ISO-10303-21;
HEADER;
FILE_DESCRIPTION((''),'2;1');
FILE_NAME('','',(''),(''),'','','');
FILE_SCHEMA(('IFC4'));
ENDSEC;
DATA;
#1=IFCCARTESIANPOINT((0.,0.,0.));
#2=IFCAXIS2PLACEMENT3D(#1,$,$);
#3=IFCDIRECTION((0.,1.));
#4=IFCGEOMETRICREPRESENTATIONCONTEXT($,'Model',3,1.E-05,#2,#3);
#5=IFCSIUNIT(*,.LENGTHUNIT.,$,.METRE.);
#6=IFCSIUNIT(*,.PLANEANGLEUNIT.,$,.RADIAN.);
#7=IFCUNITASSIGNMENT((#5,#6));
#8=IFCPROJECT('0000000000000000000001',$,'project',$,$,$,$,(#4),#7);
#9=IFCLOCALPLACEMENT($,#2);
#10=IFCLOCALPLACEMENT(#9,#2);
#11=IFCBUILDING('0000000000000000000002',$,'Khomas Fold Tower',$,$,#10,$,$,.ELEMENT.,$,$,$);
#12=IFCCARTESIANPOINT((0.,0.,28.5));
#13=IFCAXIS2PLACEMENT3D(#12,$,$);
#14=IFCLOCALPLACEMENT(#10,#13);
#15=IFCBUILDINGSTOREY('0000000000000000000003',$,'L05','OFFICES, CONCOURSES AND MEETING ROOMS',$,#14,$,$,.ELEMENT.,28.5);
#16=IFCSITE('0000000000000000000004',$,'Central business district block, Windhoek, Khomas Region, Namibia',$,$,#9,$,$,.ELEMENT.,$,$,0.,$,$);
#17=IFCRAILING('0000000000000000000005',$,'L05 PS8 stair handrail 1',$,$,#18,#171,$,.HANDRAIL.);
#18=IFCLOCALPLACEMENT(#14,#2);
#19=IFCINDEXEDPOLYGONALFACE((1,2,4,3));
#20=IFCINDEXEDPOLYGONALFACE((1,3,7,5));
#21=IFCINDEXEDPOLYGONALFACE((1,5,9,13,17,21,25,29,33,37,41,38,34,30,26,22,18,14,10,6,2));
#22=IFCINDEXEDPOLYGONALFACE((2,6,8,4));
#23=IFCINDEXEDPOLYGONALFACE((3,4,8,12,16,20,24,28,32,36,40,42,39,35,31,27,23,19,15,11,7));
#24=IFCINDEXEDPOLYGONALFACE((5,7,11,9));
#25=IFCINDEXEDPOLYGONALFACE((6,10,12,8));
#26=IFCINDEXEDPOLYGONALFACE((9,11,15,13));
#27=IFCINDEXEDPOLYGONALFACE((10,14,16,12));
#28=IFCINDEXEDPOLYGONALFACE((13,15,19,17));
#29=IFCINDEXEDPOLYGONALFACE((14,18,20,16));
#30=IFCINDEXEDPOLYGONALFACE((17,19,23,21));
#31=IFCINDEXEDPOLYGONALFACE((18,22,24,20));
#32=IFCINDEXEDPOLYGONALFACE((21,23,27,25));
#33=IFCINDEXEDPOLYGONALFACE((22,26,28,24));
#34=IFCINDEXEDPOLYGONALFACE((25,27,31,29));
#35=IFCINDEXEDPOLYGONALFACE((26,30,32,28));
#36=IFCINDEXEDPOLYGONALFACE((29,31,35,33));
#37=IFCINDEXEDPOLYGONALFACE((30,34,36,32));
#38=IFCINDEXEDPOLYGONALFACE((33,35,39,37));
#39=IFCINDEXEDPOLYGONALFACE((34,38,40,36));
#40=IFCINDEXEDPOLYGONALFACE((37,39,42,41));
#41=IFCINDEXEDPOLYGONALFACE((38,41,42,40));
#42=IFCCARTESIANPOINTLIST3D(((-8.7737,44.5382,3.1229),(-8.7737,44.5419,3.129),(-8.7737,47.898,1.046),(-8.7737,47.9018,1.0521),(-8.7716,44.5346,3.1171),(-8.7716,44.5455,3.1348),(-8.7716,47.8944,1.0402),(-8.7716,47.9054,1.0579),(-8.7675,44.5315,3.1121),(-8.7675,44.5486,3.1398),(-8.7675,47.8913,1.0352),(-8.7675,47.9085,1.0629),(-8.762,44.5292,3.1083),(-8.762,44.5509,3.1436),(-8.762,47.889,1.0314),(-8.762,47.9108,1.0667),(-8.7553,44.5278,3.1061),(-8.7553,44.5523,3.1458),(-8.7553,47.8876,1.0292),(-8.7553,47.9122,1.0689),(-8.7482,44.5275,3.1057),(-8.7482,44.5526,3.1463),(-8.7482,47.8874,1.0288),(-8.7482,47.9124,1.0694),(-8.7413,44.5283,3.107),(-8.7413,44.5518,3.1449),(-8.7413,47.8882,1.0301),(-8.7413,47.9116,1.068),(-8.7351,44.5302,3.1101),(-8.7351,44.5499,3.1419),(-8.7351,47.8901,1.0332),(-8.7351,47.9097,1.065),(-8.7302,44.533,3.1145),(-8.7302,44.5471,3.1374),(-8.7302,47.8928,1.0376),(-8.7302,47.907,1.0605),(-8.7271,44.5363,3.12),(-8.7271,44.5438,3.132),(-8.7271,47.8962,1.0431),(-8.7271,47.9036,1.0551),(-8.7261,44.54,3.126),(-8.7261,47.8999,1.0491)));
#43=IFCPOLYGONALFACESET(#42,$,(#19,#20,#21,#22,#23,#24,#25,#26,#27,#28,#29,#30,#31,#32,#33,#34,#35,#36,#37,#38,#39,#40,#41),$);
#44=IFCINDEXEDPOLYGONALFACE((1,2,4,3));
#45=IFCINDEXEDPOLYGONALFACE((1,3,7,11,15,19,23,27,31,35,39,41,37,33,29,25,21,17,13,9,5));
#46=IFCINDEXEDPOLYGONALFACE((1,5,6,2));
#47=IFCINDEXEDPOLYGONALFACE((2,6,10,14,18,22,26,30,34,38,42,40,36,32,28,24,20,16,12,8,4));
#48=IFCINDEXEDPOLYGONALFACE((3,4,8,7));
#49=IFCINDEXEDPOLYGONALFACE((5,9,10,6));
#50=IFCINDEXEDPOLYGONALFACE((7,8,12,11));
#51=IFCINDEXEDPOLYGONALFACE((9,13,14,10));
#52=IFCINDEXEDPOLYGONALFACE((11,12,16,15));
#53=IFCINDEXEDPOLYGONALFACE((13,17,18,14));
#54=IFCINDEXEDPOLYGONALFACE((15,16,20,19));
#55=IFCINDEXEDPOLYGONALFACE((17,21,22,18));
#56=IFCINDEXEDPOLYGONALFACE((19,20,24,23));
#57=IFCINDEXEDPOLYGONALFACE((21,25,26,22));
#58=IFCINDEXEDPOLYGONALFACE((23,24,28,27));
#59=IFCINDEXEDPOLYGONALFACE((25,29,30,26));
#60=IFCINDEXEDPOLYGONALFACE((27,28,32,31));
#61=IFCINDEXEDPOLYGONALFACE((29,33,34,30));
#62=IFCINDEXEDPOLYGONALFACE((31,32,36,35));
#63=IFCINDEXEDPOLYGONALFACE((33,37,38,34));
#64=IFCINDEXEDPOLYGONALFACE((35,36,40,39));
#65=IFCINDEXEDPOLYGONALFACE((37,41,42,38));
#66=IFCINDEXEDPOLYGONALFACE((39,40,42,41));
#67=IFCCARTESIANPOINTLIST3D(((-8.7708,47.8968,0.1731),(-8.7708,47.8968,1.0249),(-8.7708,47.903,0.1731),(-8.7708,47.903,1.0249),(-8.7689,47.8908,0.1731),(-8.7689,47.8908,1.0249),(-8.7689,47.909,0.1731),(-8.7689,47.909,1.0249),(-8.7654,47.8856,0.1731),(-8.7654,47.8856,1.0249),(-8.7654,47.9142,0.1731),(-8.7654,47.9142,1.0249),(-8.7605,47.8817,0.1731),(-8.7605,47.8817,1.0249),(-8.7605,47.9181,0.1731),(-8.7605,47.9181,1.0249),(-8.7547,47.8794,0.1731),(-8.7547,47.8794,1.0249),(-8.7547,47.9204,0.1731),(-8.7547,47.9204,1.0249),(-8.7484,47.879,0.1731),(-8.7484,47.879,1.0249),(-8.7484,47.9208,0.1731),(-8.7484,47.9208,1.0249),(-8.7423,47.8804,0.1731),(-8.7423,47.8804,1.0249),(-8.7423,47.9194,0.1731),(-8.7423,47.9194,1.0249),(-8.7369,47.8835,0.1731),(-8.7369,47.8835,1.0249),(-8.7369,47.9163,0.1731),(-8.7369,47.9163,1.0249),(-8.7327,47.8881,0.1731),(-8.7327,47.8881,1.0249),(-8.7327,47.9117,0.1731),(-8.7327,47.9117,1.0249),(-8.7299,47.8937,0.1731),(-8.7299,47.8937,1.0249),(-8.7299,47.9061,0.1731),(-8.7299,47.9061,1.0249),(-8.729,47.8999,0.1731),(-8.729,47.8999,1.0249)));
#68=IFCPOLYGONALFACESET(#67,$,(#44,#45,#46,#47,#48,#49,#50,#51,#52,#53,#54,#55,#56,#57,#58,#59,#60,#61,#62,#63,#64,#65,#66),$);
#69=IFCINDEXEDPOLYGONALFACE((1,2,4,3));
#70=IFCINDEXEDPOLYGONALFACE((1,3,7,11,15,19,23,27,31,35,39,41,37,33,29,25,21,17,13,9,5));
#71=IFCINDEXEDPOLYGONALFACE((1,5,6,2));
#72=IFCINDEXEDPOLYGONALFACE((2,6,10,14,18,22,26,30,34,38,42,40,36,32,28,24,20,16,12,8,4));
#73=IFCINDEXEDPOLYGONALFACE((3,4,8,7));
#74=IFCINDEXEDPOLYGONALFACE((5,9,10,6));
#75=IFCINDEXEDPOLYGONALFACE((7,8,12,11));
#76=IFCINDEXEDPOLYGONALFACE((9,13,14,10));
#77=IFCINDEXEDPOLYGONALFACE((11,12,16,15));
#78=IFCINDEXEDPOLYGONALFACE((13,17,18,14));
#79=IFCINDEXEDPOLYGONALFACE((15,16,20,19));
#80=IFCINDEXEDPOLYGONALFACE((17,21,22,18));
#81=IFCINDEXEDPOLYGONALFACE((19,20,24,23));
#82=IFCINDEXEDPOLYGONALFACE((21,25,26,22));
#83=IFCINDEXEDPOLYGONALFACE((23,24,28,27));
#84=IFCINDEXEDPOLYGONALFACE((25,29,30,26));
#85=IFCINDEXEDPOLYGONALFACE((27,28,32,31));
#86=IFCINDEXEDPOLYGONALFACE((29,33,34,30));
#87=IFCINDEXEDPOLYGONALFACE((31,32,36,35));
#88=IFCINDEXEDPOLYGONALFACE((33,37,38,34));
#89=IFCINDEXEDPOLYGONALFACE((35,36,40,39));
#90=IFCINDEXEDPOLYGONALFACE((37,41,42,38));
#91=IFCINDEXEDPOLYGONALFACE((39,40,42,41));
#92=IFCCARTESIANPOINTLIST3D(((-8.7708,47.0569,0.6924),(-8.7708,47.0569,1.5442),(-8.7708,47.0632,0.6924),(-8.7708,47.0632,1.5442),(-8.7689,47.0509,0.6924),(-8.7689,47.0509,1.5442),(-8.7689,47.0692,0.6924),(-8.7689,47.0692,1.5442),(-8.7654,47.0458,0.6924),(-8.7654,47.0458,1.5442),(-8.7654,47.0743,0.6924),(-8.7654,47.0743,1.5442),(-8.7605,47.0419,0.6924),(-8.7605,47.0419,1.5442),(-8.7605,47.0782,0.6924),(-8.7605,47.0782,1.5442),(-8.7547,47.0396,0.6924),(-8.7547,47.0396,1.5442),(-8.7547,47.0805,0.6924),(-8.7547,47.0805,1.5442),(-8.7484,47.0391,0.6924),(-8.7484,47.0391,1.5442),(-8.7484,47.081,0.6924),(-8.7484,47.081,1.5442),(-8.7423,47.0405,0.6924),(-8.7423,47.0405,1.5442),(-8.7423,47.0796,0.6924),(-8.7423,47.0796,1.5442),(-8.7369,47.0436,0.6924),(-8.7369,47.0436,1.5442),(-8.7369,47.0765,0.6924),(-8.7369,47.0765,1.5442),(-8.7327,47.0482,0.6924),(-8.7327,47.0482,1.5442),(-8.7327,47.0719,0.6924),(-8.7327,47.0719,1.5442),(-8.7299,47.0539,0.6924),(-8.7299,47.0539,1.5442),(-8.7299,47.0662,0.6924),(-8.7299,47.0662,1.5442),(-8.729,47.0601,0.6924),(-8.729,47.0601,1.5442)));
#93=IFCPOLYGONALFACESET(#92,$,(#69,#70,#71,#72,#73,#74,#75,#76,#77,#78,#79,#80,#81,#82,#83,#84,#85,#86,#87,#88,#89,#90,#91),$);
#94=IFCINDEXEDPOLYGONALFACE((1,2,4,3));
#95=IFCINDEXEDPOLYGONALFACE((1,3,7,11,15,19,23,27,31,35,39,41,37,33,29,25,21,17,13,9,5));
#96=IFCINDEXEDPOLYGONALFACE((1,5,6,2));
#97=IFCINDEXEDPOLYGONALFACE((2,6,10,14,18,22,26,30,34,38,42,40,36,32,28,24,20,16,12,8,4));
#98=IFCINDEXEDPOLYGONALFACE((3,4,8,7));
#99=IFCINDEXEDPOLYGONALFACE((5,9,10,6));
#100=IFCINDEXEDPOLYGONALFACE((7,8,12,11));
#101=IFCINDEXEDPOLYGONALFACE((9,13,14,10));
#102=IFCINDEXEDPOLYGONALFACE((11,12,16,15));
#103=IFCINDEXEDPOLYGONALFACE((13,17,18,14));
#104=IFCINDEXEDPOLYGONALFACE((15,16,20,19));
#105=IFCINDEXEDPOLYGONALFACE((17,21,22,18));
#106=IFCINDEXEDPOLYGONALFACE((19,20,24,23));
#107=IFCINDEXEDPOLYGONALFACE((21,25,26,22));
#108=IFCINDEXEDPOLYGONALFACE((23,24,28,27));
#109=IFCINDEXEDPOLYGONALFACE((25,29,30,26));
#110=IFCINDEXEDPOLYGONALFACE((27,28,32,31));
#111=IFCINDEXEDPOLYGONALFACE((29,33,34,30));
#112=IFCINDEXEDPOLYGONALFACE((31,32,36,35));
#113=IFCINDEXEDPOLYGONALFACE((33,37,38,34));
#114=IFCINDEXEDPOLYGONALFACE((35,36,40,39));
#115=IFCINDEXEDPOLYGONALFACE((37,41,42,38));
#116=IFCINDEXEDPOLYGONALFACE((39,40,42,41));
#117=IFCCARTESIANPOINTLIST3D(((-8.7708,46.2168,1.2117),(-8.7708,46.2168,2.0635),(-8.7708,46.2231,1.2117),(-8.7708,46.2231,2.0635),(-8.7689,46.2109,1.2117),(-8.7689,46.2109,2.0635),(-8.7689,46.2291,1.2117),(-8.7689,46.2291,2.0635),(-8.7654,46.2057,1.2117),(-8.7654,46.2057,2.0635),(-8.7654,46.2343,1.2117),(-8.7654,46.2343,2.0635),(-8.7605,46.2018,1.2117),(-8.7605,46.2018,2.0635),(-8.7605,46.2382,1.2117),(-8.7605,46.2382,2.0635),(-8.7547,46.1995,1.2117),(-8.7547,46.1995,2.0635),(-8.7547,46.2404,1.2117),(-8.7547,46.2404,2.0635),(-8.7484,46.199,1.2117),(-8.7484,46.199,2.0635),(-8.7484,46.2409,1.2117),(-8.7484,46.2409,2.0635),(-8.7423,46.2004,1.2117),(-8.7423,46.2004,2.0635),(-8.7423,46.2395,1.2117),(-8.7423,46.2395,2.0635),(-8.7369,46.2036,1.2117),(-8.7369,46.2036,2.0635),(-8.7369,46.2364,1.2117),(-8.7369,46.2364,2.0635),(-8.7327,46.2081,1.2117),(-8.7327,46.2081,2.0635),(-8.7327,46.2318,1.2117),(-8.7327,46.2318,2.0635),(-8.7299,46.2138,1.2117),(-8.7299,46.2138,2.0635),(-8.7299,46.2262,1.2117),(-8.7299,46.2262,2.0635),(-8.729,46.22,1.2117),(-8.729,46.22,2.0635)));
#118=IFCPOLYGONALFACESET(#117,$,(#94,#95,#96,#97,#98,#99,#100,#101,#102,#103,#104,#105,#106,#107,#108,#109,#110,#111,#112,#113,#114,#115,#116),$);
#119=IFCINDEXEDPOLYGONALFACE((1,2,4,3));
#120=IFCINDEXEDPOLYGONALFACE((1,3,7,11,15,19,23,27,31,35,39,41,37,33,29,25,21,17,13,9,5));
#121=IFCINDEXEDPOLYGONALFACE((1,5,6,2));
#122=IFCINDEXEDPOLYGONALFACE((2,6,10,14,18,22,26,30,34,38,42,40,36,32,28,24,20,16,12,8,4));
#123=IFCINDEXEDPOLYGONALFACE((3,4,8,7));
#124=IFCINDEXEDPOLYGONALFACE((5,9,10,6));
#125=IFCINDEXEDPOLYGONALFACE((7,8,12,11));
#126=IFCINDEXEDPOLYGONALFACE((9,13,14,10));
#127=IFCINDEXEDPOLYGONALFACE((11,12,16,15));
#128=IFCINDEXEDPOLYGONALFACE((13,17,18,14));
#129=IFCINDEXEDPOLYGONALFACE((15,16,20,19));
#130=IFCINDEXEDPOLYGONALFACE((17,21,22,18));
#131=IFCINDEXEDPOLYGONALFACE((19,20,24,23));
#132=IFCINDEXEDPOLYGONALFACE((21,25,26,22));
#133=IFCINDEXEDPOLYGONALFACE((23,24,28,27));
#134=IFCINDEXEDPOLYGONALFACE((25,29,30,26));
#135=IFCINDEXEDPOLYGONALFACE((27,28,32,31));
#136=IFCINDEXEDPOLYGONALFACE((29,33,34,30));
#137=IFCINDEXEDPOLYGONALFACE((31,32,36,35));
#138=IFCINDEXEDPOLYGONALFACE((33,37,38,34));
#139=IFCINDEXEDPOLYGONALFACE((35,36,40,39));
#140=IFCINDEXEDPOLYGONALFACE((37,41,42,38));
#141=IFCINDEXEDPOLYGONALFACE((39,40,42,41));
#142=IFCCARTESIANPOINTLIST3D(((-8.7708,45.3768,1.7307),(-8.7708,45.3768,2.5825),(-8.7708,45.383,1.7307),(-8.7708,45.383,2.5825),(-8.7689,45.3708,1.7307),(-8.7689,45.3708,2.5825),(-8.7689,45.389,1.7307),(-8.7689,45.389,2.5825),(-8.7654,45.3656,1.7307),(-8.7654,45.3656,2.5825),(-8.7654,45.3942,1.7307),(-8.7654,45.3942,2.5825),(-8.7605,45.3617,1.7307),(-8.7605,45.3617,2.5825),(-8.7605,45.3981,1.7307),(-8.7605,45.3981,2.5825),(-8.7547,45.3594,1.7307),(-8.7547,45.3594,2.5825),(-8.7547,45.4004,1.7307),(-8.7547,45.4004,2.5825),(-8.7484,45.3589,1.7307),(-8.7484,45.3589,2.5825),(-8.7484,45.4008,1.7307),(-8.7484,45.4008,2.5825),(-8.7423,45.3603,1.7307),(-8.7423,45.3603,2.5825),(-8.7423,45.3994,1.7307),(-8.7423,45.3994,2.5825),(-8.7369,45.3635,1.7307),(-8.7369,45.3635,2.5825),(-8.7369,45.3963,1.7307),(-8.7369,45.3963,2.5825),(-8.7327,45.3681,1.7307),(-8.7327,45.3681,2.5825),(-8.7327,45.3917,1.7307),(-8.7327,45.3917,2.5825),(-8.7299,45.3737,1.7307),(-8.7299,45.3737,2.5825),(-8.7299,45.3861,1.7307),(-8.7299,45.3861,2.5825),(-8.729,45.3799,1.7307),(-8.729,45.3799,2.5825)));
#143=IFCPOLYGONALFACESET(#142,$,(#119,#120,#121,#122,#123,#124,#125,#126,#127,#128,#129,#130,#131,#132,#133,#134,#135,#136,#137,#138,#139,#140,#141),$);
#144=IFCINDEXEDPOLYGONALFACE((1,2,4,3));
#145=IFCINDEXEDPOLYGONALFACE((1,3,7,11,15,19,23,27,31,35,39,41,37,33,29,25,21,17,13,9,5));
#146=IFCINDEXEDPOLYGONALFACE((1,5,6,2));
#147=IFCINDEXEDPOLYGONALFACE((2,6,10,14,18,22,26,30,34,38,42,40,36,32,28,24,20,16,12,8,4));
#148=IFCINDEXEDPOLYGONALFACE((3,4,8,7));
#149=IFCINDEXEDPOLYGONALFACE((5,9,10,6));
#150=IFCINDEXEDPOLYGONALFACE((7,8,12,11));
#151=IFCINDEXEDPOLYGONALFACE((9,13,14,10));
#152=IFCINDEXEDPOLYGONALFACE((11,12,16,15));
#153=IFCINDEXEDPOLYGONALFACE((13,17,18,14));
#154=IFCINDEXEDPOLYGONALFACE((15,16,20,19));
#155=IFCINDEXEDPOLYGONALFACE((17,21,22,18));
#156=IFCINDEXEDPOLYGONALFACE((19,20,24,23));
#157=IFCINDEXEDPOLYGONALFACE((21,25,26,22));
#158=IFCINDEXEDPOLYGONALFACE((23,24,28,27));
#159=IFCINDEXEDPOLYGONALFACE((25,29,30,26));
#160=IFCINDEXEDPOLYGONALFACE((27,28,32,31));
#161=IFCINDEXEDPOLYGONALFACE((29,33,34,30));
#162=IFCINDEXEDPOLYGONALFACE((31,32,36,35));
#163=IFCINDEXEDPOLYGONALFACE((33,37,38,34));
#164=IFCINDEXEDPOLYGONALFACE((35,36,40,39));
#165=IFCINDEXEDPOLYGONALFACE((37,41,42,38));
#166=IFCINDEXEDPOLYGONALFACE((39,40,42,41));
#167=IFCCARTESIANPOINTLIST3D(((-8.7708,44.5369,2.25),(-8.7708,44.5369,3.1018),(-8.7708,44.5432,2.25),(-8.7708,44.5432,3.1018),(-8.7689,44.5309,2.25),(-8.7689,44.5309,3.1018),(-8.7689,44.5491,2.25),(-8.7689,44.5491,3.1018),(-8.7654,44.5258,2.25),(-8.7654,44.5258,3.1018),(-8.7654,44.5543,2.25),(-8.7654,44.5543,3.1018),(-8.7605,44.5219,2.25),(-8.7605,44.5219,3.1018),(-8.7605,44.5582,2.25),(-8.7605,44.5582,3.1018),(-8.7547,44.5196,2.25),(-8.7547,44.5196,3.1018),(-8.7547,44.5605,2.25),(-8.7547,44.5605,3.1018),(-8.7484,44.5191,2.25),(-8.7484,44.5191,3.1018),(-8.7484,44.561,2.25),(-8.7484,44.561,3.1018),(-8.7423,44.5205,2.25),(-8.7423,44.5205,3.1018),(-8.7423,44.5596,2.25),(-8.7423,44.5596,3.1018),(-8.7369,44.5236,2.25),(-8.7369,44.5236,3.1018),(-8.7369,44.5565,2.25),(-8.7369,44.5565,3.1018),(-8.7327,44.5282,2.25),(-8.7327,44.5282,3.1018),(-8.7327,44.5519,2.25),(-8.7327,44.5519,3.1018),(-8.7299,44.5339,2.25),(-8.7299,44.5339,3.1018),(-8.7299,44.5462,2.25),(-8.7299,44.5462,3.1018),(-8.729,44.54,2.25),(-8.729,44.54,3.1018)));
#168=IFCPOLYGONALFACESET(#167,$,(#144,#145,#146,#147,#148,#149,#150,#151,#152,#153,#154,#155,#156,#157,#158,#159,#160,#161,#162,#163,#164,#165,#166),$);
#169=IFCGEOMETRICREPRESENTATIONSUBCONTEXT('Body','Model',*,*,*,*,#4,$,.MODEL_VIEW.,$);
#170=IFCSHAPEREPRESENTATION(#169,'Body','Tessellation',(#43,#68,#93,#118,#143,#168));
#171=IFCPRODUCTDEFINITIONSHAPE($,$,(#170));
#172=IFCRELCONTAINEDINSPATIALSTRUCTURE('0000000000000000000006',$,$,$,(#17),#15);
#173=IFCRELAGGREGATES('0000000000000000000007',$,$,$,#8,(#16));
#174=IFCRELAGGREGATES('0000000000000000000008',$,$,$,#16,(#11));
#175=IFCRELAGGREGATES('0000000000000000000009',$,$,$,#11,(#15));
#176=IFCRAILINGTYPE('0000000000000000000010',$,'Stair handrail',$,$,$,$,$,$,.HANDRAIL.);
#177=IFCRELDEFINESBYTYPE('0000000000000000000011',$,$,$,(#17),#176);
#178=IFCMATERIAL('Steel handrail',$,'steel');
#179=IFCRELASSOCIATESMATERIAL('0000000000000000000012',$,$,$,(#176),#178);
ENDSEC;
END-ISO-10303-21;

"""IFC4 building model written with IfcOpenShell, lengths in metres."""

from ifc_helpers import new_model, si_unit, direction, frame, origin, origin_2d, place, context, subcontext, project, spatial, circle, extrude, source, transform, mapped, material, type_object, element, save


model = new_model("IFC4")

# Units and contexts
model_context = context("Model", 3, precision=1e-05, world=origin(), true_north=direction((0.0, 1.0)))
body_context = subcontext(model_context, "Body", "Model", "MODEL_VIEW")
ifc_project = project(units=[si_unit("LENGTHUNIT", "METRE"), si_unit("PLANEANGLEUNIT", "RADIAN")], contexts=[model_context])

# Site, building, storey
site_placement = place(None, origin())
site = spatial("IfcSite", under=ifc_project, at=site_placement, Name="Central business district block, Windhoek, Khomas Region, Namibia", CompositionType="ELEMENT", RefElevation=0.0)
building_placement = place(site_placement, origin())
building = spatial("IfcBuilding", under=site, at=building_placement, Name="Khomas Fold Tower", CompositionType="ELEMENT")
storey_placement = place(building_placement, frame((0.0, 0.0, 28.5)))
storey = spatial("IfcBuildingStorey", under=building, at=storey_placement, Name="L05", Description="OFFICES, CONCOURSES AND MEETING ROOMS", CompositionType="ELEMENT", Elevation=28.5)

# Railing
ifc_material_1 = material(Name="Steel handrail", Category="steel")
railing_type_1 = type_object("IfcRailingType", Name="Stair handrail", PredefinedType="HANDRAIL", material=ifc_material_1)
shared_shape_1 = source(origin(), body_context, "Body", "SweptSolid", [
    extrude(circle(Radius=0.0239, at=origin_2d()), frame((0.0, 0.0, 0.876), z_axis=(0.0, -0.850606, 0.525803), x_axis=(1.0, 0.0, 0.0)), (0.0, 0.0, 1.0), 3.95),
    extrude(circle(Radius=0.021, at=origin_2d()), origin(), (0.0, 0.0, 1.0), 0.8518),
    extrude(circle(Radius=0.021, at=origin_2d()), frame((0.0, -0.8398, 0.5193)), (0.0, 0.0, 1.0), 0.8518),
    extrude(circle(Radius=0.021, at=origin_2d()), frame((0.0, -1.6799, 1.0386)), (0.0, 0.0, 1.0), 0.8518),
    extrude(circle(Radius=0.021, at=origin_2d()), frame((0.0, -2.52, 1.5576)), (0.0, 0.0, 1.0), 0.8518),
    extrude(circle(Radius=0.021, at=origin_2d()), frame((0.0, -3.3599, 2.0769)), (0.0, 0.0, 1.0), 0.8518),
])
railing_1_placement = place(storey_placement, frame((-8.75, 47.8999, 0.1731)))
element("IfcRailing", 1, at=railing_1_placement, inside=storey, type_object=railing_type_1, Name="L05 PS8 stair handrail 1", PredefinedType="HANDRAIL", context=body_context, shape_type="MappedRepresentation", body=[
    mapped(shared_shape_1, transform((0.0, 0.0, 0.0))),
])

save(model, "model.ifc")
